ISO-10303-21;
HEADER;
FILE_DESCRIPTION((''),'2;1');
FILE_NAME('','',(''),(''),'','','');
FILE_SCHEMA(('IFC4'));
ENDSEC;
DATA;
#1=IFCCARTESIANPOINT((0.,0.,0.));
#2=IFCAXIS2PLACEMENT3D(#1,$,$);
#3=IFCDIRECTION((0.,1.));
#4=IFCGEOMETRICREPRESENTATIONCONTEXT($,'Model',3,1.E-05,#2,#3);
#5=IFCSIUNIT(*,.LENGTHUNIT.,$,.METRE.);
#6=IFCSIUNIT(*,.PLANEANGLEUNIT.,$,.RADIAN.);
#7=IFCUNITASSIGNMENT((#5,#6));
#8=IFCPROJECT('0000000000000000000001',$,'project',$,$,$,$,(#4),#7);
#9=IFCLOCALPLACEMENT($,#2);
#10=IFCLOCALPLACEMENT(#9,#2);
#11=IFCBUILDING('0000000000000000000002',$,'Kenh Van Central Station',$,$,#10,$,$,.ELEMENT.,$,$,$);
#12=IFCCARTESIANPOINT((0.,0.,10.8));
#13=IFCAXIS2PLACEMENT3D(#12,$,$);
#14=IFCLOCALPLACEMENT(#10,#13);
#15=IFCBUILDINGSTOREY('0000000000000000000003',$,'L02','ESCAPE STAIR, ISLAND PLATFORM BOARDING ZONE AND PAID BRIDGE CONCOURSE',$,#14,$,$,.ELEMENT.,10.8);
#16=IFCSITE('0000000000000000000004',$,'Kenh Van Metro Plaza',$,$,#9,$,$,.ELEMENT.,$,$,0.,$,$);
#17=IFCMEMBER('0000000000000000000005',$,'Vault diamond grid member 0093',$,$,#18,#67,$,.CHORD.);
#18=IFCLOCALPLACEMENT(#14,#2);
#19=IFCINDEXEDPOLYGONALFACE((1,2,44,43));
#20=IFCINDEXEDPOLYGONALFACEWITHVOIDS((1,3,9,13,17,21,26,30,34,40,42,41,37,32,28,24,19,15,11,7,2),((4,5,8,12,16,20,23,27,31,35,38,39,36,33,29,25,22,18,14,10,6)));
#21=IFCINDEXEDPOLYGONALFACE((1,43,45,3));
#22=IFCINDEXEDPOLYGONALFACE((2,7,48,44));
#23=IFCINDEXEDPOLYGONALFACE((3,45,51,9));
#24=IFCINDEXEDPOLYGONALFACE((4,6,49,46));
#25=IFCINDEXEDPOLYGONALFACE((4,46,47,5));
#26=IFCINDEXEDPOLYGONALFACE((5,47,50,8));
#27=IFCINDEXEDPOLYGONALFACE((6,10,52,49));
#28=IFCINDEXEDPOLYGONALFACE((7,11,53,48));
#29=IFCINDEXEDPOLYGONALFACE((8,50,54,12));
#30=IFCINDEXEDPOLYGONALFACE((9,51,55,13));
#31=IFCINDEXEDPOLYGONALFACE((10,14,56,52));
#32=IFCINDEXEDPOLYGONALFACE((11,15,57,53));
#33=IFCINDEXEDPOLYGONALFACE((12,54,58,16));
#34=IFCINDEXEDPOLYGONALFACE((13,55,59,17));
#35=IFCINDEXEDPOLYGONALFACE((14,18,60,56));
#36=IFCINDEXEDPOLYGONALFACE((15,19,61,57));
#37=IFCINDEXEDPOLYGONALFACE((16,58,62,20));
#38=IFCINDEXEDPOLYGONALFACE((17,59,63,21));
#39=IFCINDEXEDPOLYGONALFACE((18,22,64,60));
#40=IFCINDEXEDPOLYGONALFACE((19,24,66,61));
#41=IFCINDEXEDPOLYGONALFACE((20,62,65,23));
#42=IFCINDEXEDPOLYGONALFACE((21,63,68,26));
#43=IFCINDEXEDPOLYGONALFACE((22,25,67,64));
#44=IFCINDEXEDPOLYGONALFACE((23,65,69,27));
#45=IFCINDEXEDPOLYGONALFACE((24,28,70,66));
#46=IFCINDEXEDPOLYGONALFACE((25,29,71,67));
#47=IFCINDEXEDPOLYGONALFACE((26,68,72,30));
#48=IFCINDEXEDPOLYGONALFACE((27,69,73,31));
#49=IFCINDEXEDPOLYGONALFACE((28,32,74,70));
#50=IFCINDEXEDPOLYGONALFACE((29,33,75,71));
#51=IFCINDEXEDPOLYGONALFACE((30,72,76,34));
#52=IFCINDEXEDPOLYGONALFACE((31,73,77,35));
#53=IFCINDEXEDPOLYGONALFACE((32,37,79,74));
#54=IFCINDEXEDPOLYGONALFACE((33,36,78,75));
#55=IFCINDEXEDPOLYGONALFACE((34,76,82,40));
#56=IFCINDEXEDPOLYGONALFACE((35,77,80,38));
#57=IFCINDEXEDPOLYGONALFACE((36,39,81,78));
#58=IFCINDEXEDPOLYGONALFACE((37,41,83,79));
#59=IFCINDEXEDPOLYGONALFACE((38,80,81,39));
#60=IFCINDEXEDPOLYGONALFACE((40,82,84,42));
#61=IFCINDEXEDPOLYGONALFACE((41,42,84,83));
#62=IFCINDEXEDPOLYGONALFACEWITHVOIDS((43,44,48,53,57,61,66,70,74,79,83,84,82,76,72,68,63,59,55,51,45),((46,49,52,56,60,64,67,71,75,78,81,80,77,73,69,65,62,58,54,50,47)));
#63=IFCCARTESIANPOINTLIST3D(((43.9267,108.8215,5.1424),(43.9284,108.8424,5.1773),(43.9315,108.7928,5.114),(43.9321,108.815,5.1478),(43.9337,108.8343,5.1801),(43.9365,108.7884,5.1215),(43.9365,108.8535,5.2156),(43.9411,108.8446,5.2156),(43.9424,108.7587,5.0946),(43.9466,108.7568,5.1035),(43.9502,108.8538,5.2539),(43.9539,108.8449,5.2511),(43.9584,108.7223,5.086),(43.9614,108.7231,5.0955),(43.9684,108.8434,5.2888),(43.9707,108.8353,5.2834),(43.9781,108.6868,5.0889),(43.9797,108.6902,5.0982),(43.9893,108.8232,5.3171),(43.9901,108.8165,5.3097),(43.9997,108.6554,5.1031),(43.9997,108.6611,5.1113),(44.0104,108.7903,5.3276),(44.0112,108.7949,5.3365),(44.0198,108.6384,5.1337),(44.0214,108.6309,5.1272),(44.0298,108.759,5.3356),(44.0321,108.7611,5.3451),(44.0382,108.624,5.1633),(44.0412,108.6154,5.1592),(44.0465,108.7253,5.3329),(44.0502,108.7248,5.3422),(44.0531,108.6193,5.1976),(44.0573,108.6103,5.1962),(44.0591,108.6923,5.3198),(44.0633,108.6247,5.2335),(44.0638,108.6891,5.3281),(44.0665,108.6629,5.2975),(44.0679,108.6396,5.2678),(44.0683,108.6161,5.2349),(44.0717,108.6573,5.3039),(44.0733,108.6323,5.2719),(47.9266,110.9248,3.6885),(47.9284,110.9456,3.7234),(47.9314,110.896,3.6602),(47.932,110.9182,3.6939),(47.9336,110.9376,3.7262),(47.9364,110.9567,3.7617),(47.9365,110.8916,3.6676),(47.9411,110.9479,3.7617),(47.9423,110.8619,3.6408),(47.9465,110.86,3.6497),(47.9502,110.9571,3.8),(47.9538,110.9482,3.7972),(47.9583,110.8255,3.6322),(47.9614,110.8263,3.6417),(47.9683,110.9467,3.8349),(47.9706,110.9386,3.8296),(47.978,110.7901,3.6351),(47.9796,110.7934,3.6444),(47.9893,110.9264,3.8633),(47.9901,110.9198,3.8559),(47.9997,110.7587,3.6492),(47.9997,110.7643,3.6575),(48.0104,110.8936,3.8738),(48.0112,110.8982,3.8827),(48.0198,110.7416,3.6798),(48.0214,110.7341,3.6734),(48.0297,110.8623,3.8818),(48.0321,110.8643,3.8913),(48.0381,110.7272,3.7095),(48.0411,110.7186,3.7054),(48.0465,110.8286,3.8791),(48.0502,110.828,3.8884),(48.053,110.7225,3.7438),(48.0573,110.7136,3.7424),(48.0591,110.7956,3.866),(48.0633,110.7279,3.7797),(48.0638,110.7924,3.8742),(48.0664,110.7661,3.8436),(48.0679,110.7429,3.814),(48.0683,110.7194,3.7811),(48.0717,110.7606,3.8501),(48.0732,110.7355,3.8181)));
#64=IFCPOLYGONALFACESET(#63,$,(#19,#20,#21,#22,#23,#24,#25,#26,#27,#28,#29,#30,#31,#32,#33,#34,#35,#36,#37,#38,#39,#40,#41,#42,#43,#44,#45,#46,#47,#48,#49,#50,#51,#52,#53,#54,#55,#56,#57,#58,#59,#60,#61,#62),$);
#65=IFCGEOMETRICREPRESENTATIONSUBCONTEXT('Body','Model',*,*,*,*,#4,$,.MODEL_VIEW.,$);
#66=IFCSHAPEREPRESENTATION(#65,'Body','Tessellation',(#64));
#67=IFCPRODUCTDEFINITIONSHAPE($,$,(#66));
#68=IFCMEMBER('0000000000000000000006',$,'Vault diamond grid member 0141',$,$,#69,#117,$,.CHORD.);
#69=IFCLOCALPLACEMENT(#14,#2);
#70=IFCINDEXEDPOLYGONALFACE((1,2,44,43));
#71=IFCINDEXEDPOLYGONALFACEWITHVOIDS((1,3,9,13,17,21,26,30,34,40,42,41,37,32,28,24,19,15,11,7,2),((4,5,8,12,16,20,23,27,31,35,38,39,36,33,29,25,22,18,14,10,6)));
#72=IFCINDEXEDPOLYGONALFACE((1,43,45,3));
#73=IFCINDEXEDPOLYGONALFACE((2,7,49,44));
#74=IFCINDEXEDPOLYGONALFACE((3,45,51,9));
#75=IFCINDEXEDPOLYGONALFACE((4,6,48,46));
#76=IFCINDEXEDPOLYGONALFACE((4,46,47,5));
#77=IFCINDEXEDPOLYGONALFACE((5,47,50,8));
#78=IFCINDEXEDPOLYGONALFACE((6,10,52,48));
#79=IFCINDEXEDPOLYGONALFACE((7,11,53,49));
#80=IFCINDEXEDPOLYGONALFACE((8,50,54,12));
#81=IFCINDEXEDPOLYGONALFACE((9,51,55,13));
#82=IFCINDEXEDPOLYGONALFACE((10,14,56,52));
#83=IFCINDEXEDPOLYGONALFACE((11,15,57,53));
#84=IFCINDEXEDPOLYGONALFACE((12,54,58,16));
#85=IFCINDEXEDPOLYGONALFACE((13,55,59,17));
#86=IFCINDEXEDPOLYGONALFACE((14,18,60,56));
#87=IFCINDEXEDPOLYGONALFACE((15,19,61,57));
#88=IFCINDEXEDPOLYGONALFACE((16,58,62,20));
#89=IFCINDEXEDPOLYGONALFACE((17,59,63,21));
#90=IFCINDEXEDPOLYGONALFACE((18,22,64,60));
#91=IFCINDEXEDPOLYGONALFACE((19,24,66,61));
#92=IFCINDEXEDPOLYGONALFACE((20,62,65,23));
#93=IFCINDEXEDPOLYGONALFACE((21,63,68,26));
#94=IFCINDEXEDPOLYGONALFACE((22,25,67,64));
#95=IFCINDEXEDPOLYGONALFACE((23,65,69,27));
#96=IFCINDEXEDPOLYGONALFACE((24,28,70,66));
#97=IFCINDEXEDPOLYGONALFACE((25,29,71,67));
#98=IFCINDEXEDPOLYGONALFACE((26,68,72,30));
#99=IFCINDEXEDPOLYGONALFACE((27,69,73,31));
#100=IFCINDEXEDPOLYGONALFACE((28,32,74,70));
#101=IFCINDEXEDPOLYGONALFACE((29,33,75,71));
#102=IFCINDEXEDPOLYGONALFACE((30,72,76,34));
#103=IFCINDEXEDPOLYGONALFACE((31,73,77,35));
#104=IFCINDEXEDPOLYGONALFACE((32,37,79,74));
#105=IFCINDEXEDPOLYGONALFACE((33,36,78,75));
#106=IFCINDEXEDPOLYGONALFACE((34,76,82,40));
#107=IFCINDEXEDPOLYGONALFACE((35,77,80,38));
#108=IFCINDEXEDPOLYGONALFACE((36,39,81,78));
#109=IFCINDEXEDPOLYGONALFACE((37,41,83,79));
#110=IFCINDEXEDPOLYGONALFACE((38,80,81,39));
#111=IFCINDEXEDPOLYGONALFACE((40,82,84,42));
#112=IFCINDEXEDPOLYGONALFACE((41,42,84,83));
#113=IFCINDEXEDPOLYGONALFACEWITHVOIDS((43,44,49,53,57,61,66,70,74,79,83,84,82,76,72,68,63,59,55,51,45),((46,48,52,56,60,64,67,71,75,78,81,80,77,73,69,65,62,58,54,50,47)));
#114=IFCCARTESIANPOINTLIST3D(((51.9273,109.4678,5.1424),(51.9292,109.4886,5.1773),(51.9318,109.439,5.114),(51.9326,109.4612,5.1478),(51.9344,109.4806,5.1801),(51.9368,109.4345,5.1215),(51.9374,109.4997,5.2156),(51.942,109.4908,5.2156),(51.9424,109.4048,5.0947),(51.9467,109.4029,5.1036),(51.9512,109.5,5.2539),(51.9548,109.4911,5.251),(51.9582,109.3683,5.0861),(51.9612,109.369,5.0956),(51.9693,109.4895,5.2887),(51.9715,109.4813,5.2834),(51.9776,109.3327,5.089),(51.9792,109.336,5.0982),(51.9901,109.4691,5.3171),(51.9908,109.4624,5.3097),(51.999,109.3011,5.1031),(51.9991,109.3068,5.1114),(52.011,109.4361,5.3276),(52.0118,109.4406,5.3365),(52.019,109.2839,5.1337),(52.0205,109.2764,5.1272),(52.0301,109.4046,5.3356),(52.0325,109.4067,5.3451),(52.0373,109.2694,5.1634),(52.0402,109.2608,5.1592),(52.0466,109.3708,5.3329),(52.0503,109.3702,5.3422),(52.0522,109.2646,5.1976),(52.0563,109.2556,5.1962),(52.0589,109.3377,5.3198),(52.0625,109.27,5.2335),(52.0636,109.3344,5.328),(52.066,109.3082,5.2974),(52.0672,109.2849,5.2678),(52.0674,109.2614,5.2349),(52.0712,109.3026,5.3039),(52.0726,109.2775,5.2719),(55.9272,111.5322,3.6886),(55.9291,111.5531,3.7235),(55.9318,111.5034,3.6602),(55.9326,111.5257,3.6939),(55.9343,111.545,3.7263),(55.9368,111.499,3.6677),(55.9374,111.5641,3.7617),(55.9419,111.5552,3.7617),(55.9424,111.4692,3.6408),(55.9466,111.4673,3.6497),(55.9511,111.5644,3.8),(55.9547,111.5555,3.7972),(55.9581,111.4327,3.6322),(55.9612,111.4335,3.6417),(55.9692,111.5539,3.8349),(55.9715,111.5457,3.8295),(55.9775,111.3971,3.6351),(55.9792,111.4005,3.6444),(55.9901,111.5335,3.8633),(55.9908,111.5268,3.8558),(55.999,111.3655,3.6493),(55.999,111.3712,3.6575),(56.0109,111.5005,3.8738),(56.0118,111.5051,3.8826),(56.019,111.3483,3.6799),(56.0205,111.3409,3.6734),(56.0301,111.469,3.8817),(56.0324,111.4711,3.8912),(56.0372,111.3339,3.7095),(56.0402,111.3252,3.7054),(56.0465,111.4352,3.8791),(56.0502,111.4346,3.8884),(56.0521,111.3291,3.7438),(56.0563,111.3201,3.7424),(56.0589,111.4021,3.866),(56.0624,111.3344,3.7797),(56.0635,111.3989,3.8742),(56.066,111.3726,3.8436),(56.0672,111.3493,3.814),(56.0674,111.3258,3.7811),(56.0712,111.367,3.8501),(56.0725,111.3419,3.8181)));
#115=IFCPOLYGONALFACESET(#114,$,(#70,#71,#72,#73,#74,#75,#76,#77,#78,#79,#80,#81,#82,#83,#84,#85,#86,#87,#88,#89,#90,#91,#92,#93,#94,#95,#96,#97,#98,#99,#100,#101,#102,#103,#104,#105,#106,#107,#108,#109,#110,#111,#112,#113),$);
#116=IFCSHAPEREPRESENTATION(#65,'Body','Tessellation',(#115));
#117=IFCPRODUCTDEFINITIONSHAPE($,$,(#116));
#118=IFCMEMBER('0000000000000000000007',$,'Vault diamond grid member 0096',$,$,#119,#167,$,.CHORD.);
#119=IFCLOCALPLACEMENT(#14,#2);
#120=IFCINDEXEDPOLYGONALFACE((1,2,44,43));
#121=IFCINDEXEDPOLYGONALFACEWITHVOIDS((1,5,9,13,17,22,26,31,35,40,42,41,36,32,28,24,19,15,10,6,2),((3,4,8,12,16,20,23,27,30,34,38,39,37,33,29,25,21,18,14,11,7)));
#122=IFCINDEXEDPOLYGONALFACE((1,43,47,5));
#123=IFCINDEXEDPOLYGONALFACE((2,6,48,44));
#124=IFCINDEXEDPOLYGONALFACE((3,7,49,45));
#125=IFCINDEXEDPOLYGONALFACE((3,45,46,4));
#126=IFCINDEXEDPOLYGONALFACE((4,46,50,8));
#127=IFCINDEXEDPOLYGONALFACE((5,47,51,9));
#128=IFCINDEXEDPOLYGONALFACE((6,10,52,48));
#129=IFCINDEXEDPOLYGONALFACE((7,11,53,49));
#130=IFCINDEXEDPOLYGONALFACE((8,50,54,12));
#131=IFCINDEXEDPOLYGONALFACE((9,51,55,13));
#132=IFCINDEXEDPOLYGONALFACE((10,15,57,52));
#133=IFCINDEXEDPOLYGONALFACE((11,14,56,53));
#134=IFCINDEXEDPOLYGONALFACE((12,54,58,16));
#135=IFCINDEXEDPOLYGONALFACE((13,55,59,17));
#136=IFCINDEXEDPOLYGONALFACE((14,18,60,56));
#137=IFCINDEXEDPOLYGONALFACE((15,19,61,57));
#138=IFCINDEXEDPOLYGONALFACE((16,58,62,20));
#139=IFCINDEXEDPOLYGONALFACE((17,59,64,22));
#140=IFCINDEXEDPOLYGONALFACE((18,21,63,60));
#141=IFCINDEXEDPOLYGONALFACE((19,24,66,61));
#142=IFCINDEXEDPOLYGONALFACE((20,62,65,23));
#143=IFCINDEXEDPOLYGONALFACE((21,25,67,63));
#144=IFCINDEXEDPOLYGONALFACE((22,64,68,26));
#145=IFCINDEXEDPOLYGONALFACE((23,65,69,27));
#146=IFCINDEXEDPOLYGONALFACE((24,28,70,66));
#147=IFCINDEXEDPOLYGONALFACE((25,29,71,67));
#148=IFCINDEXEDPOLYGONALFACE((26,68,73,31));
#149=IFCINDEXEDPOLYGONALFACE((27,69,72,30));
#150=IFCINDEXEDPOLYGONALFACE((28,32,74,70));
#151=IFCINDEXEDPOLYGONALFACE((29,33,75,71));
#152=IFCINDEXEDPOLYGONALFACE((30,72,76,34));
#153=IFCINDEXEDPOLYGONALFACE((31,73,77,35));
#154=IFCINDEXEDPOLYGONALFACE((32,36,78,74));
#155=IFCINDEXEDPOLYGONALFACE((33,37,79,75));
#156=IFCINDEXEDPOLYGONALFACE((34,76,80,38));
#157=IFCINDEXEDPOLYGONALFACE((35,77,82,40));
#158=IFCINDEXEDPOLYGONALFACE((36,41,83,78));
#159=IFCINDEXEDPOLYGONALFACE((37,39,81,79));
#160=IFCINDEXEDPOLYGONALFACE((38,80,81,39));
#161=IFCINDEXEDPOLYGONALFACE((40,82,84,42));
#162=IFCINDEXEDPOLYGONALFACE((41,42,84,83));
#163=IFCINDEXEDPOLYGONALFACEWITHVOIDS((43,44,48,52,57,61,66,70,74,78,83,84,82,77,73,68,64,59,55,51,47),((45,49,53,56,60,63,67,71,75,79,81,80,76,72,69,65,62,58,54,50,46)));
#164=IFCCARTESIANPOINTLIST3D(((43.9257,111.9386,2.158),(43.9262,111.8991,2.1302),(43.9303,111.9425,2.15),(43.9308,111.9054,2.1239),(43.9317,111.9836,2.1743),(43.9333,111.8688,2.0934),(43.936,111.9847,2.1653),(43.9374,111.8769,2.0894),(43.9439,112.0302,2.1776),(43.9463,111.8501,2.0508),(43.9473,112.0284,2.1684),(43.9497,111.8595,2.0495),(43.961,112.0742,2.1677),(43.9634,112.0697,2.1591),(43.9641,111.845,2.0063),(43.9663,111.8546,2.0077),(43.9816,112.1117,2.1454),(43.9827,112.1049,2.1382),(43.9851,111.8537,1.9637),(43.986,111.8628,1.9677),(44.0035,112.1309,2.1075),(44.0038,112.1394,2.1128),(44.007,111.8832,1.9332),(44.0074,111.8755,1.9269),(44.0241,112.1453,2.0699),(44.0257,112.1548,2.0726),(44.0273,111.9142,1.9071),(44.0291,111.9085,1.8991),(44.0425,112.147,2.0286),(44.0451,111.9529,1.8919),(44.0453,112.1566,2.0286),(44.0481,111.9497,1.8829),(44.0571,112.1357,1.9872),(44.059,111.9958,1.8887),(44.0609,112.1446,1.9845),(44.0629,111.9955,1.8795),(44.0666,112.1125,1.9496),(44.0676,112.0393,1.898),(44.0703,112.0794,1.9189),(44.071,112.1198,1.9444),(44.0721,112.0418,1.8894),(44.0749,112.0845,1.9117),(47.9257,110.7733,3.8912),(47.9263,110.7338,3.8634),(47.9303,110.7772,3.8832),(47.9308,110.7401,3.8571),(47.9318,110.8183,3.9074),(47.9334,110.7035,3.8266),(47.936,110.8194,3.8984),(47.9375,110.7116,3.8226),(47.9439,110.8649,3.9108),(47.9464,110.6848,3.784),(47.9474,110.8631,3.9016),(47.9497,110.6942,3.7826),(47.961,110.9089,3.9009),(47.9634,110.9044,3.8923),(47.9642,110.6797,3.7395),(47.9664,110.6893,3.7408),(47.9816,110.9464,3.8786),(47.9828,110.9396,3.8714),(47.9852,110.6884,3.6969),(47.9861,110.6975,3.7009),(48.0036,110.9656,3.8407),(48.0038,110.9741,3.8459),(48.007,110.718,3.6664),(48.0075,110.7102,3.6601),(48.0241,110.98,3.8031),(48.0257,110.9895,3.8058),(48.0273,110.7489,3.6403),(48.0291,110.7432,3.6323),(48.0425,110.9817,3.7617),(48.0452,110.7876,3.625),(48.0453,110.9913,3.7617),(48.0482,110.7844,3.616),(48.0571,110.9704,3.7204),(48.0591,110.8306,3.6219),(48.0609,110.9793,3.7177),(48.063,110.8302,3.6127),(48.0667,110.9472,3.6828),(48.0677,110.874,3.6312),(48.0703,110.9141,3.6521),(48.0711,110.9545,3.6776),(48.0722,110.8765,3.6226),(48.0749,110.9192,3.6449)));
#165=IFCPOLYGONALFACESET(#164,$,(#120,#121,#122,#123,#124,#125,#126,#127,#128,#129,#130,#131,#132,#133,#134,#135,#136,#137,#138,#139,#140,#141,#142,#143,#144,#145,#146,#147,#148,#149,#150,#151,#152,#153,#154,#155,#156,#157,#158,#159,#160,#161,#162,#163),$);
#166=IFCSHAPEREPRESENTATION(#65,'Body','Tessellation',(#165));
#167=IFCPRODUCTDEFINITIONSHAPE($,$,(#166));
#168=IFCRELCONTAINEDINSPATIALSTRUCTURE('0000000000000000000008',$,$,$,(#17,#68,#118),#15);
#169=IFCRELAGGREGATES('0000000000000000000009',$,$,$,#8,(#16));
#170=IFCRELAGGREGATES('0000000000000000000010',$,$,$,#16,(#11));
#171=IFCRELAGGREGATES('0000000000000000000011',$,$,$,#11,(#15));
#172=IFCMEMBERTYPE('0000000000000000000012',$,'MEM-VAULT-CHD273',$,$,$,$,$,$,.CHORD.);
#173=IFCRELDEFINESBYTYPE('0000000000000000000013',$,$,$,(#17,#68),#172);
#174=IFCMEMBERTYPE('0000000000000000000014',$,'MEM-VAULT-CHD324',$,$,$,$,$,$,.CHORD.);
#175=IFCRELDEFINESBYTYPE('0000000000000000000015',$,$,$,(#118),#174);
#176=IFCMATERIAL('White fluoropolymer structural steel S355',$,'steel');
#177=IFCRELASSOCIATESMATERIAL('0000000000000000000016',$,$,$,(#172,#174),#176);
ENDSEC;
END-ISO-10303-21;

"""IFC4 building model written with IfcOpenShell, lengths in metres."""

from ifc_helpers import new_model, si_unit, direction, frame, origin, origin_2d, place, context, subcontext, project, spatial, hollow_circle, extrude, material, material_profile, profile_set, type_object, element, save


model = new_model("IFC4")

# Units and contexts
model_context = context("Model", 3, precision=1e-05, world=origin(), true_north=direction((0.0, 1.0)))
body_context = subcontext(model_context, "Body", "Model", "MODEL_VIEW")
ifc_project = project(units=[si_unit("LENGTHUNIT", "METRE"), si_unit("PLANEANGLEUNIT", "RADIAN")], contexts=[model_context])

# Site, building, storey
site_placement = place(None, origin())
site = spatial("IfcSite", under=ifc_project, at=site_placement, Name="Kenh Van Metro Plaza", CompositionType="ELEMENT", RefElevation=0.0)
building_placement = place(site_placement, origin())
building = spatial("IfcBuilding", under=site, at=building_placement, Name="Kenh Van Central Station", CompositionType="ELEMENT")
storey_placement = place(building_placement, frame((0.0, 0.0, 10.8)))
storey = spatial("IfcBuildingStorey", under=building, at=storey_placement, Name="L02", Description="ESCAPE STAIR, ISLAND PLATFORM BOARDING ZONE AND PAID BRIDGE CONCOURSE", CompositionType="ELEMENT", Elevation=10.8)

# Shared definitions
ifc_material_1 = material(Name="White fluoropolymer structural steel S355", Category="steel")

# Members
ifc_material_profile_1 = material_profile(ifc_material_1, hollow_circle(Radius=0.1365, WallThickness=0.01, at=origin_2d()), Name="CHS 273x10")
ifc_profile_set_1 = profile_set([ifc_material_profile_1], Name="White fluoropolymer structural steel S355")
member_type_1 = type_object("IfcMemberType", Name="MEM-VAULT-CHD273", PredefinedType="CHORD", material=ifc_profile_set_1)
member_1_placement = place(storey_placement, frame((44.0, 108.7327, 5.2156), z_axis=(0.842573, 0.44304, -0.306245), x_axis=(-0.465401, 0.8851, 0.0)))
element("IfcMember", 1, at=member_1_placement, inside=storey, type_object=member_type_1, Name="Vault diamond grid member 0093", PredefinedType="CHORD", context=body_context, shape_type="SweptSolid", body=[
    extrude(hollow_circle(Radius=0.1365, WallThickness=0.01, at=origin_2d()), origin(), (0.0, 0.0, 1.0), 4.7473),
])
member_2_placement = place(storey_placement, frame((52.0, 109.3784, 5.2156), z_axis=(0.845614, 0.436432, -0.30735), x_axis=(-0.458632, 0.888626, 0.0)))
element("IfcMember", 2, at=member_2_placement, inside=storey, type_object=member_type_1, Name="Vault diamond grid member 0141", PredefinedType="CHORD", context=body_context, shape_type="SweptSolid", body=[
    extrude(hollow_circle(Radius=0.1365, WallThickness=0.01, at=origin_2d()), origin(), (0.0, 0.0, 1.0), 4.7302),
])
ifc_material_profile_2 = material_profile(ifc_material_1, hollow_circle(Radius=0.1619, WallThickness=0.01, at=origin_2d()), Name="CHS 323.9x10")
ifc_profile_set_2 = profile_set([ifc_material_profile_2], Name="White fluoropolymer structural steel S355")
member_type_2 = type_object("IfcMemberType", Name="MEM-VAULT-CHD324", PredefinedType="CHORD", material=ifc_profile_set_2)
member_3_placement = place(storey_placement, frame((44.0, 112.0012, 2.0286), z_axis=(0.886447, -0.258241, 0.384087), x_axis=(0.279694, 0.960089, 0.0)))
element("IfcMember", 3, at=member_3_placement, inside=storey, type_object=member_type_2, Name="Vault diamond grid member 0096", PredefinedType="CHORD", context=body_context, shape_type="SweptSolid", body=[
    extrude(hollow_circle(Radius=0.1619, WallThickness=0.01, at=origin_2d()), origin(), (0.0, 0.0, 1.0), 4.5125),
])

save(model, "model.ifc")
